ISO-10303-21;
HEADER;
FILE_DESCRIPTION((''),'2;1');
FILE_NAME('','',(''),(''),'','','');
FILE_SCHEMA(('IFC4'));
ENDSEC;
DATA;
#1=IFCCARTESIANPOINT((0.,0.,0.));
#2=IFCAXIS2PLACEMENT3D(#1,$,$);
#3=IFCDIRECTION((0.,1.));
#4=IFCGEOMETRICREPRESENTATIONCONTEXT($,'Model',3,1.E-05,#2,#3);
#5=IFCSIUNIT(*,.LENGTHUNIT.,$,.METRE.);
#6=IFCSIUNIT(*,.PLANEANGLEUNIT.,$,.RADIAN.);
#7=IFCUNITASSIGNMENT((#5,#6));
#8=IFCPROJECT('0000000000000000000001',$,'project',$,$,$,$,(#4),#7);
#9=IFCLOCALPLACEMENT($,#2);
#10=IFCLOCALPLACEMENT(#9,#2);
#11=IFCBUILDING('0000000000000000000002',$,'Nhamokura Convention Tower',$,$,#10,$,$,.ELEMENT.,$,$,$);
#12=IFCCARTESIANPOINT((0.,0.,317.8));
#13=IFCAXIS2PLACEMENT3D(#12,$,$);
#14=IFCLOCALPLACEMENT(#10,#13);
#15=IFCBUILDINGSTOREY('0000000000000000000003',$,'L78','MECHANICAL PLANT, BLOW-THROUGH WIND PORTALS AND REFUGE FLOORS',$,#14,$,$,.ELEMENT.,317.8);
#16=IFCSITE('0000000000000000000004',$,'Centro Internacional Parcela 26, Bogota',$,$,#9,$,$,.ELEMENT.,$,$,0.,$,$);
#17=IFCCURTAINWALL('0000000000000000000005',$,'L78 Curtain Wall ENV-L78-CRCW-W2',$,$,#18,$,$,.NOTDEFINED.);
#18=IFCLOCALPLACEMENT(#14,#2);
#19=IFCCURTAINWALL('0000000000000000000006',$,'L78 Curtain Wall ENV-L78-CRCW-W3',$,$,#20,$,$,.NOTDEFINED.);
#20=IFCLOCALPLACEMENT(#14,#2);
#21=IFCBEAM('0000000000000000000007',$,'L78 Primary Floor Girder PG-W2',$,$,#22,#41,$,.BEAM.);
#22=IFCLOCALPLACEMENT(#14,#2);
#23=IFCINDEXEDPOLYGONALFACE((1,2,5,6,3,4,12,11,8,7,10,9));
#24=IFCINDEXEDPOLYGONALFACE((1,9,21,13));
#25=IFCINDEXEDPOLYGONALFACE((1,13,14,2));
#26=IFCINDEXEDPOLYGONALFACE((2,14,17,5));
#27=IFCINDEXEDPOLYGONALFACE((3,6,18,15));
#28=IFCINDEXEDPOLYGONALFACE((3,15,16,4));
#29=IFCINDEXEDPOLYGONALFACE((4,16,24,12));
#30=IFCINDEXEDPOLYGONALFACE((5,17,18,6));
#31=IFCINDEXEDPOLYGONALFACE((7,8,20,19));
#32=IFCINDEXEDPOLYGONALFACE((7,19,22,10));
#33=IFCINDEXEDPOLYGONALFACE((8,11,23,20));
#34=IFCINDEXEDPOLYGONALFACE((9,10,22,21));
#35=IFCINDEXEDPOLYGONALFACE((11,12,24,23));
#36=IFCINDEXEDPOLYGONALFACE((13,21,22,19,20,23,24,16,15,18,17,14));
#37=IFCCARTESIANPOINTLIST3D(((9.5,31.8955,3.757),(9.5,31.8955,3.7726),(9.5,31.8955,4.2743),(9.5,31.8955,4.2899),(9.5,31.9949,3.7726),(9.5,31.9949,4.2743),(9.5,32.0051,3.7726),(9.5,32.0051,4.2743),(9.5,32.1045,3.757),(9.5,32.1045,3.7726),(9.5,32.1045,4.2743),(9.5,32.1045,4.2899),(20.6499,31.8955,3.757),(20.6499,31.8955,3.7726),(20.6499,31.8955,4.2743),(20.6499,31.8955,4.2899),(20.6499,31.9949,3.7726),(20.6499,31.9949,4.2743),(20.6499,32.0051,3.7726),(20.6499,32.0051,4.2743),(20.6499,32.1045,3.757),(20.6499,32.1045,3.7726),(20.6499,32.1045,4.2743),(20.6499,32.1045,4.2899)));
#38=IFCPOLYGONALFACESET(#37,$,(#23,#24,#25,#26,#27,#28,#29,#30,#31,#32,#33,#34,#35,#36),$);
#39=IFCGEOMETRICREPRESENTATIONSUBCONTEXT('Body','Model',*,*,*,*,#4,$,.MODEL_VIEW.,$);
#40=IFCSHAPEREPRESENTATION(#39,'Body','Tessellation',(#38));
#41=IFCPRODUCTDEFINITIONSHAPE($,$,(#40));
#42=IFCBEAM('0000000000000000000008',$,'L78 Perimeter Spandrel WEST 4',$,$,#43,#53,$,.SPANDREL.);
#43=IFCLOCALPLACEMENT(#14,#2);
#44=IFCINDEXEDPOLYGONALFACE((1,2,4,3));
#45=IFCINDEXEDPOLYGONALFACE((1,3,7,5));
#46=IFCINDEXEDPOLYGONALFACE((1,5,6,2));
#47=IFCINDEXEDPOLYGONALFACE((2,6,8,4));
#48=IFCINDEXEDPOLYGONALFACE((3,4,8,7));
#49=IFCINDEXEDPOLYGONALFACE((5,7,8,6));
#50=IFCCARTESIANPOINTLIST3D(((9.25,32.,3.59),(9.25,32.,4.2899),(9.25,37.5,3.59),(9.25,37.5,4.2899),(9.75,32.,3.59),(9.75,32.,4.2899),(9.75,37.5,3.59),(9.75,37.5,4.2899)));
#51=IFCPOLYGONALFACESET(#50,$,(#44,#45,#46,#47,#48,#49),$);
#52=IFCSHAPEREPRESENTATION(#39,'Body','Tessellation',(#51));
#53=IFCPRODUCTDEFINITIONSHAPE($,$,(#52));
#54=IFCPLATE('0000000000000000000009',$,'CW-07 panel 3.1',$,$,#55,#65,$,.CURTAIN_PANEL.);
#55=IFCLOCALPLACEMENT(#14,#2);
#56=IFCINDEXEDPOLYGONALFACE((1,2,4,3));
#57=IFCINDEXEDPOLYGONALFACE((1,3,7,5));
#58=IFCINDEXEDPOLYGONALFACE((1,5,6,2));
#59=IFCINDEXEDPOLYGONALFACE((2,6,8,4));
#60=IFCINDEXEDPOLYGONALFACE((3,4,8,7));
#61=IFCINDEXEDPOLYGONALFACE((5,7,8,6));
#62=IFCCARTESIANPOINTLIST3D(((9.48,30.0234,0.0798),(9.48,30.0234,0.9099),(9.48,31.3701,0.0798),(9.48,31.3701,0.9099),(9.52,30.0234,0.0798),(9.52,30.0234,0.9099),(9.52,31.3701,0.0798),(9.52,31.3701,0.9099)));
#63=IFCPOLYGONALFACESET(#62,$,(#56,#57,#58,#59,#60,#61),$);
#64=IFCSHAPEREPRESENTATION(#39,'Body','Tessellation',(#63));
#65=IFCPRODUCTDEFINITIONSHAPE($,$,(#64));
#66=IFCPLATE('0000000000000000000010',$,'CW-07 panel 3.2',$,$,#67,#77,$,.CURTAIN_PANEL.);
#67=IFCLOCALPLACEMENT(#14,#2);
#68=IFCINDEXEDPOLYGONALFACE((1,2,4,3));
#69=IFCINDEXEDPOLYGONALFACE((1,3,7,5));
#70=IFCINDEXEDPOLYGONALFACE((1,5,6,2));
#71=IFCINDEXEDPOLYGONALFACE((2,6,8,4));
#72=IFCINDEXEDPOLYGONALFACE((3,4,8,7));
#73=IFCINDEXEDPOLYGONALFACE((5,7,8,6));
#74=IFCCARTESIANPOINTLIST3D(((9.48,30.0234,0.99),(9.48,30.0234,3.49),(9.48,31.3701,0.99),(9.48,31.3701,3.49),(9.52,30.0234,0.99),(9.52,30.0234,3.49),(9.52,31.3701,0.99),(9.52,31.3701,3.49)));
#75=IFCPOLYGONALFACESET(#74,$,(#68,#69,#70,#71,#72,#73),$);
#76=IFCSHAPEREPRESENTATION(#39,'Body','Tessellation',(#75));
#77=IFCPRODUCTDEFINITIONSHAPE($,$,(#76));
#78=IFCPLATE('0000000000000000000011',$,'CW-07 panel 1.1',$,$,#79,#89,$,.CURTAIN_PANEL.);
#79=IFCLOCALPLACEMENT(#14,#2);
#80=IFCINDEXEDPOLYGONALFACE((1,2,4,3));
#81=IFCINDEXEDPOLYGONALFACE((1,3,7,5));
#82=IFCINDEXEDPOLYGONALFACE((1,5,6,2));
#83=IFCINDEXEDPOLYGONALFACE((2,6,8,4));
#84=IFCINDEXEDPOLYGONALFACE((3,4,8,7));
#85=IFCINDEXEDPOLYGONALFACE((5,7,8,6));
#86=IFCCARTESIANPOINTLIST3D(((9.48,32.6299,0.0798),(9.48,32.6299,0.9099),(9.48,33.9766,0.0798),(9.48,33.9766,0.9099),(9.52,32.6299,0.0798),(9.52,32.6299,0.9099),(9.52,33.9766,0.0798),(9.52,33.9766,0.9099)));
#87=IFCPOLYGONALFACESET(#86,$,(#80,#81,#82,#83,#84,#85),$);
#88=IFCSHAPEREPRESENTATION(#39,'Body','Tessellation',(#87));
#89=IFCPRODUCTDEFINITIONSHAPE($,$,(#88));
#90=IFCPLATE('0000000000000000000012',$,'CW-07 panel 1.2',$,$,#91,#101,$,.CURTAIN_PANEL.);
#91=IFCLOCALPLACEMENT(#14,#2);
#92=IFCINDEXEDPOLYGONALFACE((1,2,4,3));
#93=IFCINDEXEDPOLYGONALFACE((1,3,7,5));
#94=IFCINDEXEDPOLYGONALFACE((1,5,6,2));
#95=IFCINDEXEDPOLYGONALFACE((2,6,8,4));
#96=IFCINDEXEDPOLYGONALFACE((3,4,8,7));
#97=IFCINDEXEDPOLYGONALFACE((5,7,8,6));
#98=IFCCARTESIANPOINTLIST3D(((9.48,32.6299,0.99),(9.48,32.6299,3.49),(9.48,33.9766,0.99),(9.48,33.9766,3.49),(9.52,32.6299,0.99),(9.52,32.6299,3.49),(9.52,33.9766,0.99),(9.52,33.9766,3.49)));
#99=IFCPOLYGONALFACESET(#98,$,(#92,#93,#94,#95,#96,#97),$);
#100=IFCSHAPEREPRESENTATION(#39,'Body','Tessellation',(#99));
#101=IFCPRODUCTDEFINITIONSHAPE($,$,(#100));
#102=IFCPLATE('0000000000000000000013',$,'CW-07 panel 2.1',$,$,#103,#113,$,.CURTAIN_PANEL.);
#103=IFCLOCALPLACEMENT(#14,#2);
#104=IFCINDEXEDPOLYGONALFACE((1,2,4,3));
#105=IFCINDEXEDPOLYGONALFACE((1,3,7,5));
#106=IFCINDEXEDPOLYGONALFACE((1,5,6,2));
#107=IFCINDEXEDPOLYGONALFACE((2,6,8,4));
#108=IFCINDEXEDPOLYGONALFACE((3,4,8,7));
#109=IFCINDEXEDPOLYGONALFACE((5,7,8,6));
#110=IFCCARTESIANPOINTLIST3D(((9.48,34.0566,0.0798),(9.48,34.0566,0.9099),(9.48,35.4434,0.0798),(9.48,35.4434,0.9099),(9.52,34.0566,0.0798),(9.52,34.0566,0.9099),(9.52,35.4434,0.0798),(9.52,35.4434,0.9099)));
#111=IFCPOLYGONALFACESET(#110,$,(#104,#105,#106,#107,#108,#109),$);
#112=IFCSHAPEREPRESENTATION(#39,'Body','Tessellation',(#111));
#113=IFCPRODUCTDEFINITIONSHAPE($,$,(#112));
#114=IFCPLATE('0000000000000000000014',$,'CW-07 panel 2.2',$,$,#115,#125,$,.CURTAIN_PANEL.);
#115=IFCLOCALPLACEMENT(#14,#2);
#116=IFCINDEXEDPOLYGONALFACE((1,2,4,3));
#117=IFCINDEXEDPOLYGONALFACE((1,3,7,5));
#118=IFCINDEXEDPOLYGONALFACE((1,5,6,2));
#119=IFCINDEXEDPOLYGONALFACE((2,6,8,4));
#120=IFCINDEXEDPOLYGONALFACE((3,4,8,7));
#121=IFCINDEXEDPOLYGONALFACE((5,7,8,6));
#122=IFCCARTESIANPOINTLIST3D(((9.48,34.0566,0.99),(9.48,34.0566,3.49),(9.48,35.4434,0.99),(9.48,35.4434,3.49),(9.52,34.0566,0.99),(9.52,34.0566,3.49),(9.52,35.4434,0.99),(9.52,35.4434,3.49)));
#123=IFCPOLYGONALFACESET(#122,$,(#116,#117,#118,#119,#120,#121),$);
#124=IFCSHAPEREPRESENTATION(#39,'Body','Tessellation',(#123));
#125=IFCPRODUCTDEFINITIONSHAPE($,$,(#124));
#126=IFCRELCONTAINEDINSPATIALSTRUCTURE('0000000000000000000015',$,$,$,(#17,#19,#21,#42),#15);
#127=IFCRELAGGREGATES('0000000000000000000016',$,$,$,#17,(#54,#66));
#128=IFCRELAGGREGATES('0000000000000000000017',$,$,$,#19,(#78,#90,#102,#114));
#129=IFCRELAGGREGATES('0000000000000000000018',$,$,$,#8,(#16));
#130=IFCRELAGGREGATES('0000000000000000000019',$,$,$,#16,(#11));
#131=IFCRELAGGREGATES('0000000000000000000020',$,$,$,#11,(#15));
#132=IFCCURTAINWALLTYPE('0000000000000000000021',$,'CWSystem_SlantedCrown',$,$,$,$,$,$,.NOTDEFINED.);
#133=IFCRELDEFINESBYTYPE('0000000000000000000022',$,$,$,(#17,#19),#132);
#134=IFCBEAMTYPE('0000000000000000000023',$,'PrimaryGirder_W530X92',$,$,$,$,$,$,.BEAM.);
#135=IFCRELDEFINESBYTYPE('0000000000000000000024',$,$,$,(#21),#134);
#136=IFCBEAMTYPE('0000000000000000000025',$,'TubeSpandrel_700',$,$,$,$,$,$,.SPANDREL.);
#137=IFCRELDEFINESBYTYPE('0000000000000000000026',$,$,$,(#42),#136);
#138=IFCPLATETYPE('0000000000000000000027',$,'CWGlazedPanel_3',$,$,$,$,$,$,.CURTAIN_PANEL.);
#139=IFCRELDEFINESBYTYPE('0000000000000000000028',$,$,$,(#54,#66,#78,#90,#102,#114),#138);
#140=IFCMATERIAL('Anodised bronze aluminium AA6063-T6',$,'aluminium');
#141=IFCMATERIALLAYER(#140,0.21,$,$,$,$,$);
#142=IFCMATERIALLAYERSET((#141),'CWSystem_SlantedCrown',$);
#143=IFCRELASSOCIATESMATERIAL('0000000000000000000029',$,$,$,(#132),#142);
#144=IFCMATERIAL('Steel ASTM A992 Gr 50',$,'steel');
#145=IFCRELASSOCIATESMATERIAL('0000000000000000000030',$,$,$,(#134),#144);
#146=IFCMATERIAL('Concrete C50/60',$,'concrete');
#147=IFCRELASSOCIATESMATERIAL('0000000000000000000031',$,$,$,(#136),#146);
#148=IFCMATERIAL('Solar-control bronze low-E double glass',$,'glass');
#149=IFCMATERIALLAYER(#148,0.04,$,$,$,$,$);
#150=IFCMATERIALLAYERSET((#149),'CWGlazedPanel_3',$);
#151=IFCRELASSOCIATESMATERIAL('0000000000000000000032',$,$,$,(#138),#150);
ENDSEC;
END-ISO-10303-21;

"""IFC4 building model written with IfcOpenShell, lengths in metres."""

from ifc_helpers import new_model, si_unit, direction, frame, origin, origin_2d, place, context, subcontext, project, spatial, rectangle, i_section, extrude, material, layer, layer_set, material_profile, profile_set, type_object, element, aggregate, save


model = new_model("IFC4")

# Units and contexts
model_context = context("Model", 3, precision=1e-05, world=origin(), true_north=direction((0.0, 1.0)))
body_context = subcontext(model_context, "Body", "Model", "MODEL_VIEW")
ifc_project = project(units=[si_unit("LENGTHUNIT", "METRE"), si_unit("PLANEANGLEUNIT", "RADIAN")], contexts=[model_context])

# Site, building, storey
site_placement = place(None, origin())
site = spatial("IfcSite", under=ifc_project, at=site_placement, Name="Centro Internacional Parcela 26, Bogota", CompositionType="ELEMENT", RefElevation=0.0)
building_placement = place(site_placement, origin())
building = spatial("IfcBuilding", under=site, at=building_placement, Name="Nhamokura Convention Tower", CompositionType="ELEMENT")
storey_placement = place(building_placement, frame((0.0, 0.0, 317.8)))
storey = spatial("IfcBuildingStorey", under=building, at=storey_placement, Name="L78", Description="MECHANICAL PLANT, BLOW-THROUGH WIND PORTALS AND REFUGE FLOORS", CompositionType="ELEMENT", Elevation=317.8)

# Curtain wall
ifc_material_1 = material(Name="Anodised bronze aluminium AA6063-T6", Category="aluminium")
ifc_layer_1 = layer(ifc_material_1, 0.21)
ifc_layer_set_1 = layer_set([ifc_layer_1], Name="CWSystem_SlantedCrown")
curtain_wall_type = type_object("IfcCurtainWallType", Name="CWSystem_SlantedCrown", PredefinedType="NOTDEFINED", material=ifc_layer_set_1)
curtain_wall_1_placement = place(storey_placement, origin())
curtain_wall_1 = element("IfcCurtainWall", 1, at=curtain_wall_1_placement, inside=storey, type_object=curtain_wall_type, Name="L78 Curtain Wall ENV-L78-CRCW-W2", PredefinedType="NOTDEFINED")

# Curtain wall
curtain_wall_2_placement = place(storey_placement, origin())
curtain_wall_2 = element("IfcCurtainWall", 2, at=curtain_wall_2_placement, inside=storey, type_object=curtain_wall_type, Name="L78 Curtain Wall ENV-L78-CRCW-W3", PredefinedType="NOTDEFINED")

# Beams
ifc_material_2 = material(Name="Steel ASTM A992 Gr 50", Category="steel")
ifc_material_profile_1 = material_profile(ifc_material_2, i_section(OverallWidth=0.209, OverallDepth=0.533, WebThickness=0.0103, FlangeThickness=0.0156, at=origin_2d()))
ifc_profile_set_1 = profile_set([ifc_material_profile_1], Name="Steel ASTM A992 Gr 50")
beam_type_1 = type_object("IfcBeamType", Name="PrimaryGirder_W530X92", PredefinedType="BEAM", material=ifc_profile_set_1)
beam_1_placement = place(storey_placement, frame((9.5, 32.0, 4.0234), z_axis=(1.0, 0.0, 0.0), x_axis=(0.0, 1.0, 0.0)))
element("IfcBeam", 3, at=beam_1_placement, inside=storey, type_object=beam_type_1, Name="L78 Primary Floor Girder PG-W2", PredefinedType="BEAM", context=body_context, shape_type="SweptSolid", body=[
    extrude(i_section(OverallWidth=0.209, OverallDepth=0.533, WebThickness=0.0103, FlangeThickness=0.0156, at=origin_2d()), origin(), (0.0, 0.0, 1.0), 11.1499),
])
ifc_material_3 = material(Name="Concrete C50/60", Category="concrete")
ifc_material_profile_2 = material_profile(ifc_material_3, rectangle(XDim=0.5, YDim=0.7, at=origin_2d()))
ifc_profile_set_2 = profile_set([ifc_material_profile_2], Name="Concrete C50/60")
beam_type_2 = type_object("IfcBeamType", Name="TubeSpandrel_700", PredefinedType="SPANDREL", material=ifc_profile_set_2)
beam_2_placement = place(storey_placement, frame((9.5, 32.0, 3.9399), z_axis=(0.0, 1.0, 0.0), x_axis=(-1.0, 0.0, 0.0)))
element("IfcBeam", 4, at=beam_2_placement, inside=storey, type_object=beam_type_2, Name="L78 Perimeter Spandrel WEST 4", PredefinedType="SPANDREL", context=body_context, shape_type="SweptSolid", body=[
    extrude(rectangle(XDim=0.5, YDim=0.7, at=origin_2d()), origin(), (0.0, 0.0, 1.0), 5.5),
])

# Plates
ifc_material_4 = material(Name="Solar-control bronze low-E double glass", Category="glass")
ifc_layer_2 = layer(ifc_material_4, 0.04)
ifc_layer_set_2 = layer_set([ifc_layer_2], Name="CWGlazedPanel_3")
plate_type = type_object("IfcPlateType", Name="CWGlazedPanel_3", PredefinedType="CURTAIN_PANEL", material=ifc_layer_set_2)
plate_1_placement = place(storey_placement, frame((9.5, 30.6968, 0.0798), z_axis=(0.0, 0.0, 1.0), x_axis=(0.0, 1.0, 0.0)))
plate_1 = element("IfcPlate", 5, at=plate_1_placement, type_object=plate_type, Name="CW-07 panel 3.1", PredefinedType="CURTAIN_PANEL", context=body_context, shape_type="SweptSolid", body=[
    extrude(rectangle(XDim=1.3467, YDim=0.04, at=origin_2d()), origin(), (0.0, 0.0, 1.0), 0.8301),
])
plate_2_placement = place(storey_placement, frame((9.5, 30.6968, 0.99), z_axis=(0.0, 0.0, 1.0), x_axis=(0.0, 1.0, 0.0)))
plate_2 = element("IfcPlate", 6, at=plate_2_placement, type_object=plate_type, Name="CW-07 panel 3.2", PredefinedType="CURTAIN_PANEL", context=body_context, shape_type="SweptSolid", body=[
    extrude(rectangle(XDim=1.3467, YDim=0.04, at=origin_2d()), origin(), (0.0, 0.0, 1.0), 2.5),
])
aggregate(curtain_wall_1, [plate_1, plate_2])
plate_3_placement = place(storey_placement, frame((9.5, 33.3032, 0.0798), z_axis=(0.0, 0.0, 1.0), x_axis=(0.0, 1.0, 0.0)))
plate_3 = element("IfcPlate", 7, at=plate_3_placement, type_object=plate_type, Name="CW-07 panel 1.1", PredefinedType="CURTAIN_PANEL", context=body_context, shape_type="SweptSolid", body=[
    extrude(rectangle(XDim=1.3467, YDim=0.04, at=origin_2d()), origin(), (0.0, 0.0, 1.0), 0.8301),
])
plate_4_placement = place(storey_placement, frame((9.5, 33.3032, 0.99), z_axis=(0.0, 0.0, 1.0), x_axis=(0.0, 1.0, 0.0)))
plate_4 = element("IfcPlate", 8, at=plate_4_placement, type_object=plate_type, Name="CW-07 panel 1.2", PredefinedType="CURTAIN_PANEL", context=body_context, shape_type="SweptSolid", body=[
    extrude(rectangle(XDim=1.3467, YDim=0.04, at=origin_2d()), origin(), (0.0, 0.0, 1.0), 2.5),
])
plate_5_placement = place(storey_placement, frame((9.5, 34.75, 0.0798), z_axis=(0.0, 0.0, 1.0), x_axis=(0.0, 1.0, 0.0)))
plate_5 = element("IfcPlate", 9, at=plate_5_placement, type_object=plate_type, Name="CW-07 panel 2.1", PredefinedType="CURTAIN_PANEL", context=body_context, shape_type="SweptSolid", body=[
    extrude(rectangle(XDim=1.3867, YDim=0.04, at=origin_2d()), origin(), (0.0, 0.0, 1.0), 0.8301),
])
plate_6_placement = place(storey_placement, frame((9.5, 34.75, 0.99), z_axis=(0.0, 0.0, 1.0), x_axis=(0.0, 1.0, 0.0)))
plate_6 = element("IfcPlate", 10, at=plate_6_placement, type_object=plate_type, Name="CW-07 panel 2.2", PredefinedType="CURTAIN_PANEL", context=body_context, shape_type="SweptSolid", body=[
    extrude(rectangle(XDim=1.3867, YDim=0.04, at=origin_2d()), origin(), (0.0, 0.0, 1.0), 2.5),
])
aggregate(curtain_wall_2, [plate_3, plate_4, plate_5, plate_6])

save(model, "model.ifc")
